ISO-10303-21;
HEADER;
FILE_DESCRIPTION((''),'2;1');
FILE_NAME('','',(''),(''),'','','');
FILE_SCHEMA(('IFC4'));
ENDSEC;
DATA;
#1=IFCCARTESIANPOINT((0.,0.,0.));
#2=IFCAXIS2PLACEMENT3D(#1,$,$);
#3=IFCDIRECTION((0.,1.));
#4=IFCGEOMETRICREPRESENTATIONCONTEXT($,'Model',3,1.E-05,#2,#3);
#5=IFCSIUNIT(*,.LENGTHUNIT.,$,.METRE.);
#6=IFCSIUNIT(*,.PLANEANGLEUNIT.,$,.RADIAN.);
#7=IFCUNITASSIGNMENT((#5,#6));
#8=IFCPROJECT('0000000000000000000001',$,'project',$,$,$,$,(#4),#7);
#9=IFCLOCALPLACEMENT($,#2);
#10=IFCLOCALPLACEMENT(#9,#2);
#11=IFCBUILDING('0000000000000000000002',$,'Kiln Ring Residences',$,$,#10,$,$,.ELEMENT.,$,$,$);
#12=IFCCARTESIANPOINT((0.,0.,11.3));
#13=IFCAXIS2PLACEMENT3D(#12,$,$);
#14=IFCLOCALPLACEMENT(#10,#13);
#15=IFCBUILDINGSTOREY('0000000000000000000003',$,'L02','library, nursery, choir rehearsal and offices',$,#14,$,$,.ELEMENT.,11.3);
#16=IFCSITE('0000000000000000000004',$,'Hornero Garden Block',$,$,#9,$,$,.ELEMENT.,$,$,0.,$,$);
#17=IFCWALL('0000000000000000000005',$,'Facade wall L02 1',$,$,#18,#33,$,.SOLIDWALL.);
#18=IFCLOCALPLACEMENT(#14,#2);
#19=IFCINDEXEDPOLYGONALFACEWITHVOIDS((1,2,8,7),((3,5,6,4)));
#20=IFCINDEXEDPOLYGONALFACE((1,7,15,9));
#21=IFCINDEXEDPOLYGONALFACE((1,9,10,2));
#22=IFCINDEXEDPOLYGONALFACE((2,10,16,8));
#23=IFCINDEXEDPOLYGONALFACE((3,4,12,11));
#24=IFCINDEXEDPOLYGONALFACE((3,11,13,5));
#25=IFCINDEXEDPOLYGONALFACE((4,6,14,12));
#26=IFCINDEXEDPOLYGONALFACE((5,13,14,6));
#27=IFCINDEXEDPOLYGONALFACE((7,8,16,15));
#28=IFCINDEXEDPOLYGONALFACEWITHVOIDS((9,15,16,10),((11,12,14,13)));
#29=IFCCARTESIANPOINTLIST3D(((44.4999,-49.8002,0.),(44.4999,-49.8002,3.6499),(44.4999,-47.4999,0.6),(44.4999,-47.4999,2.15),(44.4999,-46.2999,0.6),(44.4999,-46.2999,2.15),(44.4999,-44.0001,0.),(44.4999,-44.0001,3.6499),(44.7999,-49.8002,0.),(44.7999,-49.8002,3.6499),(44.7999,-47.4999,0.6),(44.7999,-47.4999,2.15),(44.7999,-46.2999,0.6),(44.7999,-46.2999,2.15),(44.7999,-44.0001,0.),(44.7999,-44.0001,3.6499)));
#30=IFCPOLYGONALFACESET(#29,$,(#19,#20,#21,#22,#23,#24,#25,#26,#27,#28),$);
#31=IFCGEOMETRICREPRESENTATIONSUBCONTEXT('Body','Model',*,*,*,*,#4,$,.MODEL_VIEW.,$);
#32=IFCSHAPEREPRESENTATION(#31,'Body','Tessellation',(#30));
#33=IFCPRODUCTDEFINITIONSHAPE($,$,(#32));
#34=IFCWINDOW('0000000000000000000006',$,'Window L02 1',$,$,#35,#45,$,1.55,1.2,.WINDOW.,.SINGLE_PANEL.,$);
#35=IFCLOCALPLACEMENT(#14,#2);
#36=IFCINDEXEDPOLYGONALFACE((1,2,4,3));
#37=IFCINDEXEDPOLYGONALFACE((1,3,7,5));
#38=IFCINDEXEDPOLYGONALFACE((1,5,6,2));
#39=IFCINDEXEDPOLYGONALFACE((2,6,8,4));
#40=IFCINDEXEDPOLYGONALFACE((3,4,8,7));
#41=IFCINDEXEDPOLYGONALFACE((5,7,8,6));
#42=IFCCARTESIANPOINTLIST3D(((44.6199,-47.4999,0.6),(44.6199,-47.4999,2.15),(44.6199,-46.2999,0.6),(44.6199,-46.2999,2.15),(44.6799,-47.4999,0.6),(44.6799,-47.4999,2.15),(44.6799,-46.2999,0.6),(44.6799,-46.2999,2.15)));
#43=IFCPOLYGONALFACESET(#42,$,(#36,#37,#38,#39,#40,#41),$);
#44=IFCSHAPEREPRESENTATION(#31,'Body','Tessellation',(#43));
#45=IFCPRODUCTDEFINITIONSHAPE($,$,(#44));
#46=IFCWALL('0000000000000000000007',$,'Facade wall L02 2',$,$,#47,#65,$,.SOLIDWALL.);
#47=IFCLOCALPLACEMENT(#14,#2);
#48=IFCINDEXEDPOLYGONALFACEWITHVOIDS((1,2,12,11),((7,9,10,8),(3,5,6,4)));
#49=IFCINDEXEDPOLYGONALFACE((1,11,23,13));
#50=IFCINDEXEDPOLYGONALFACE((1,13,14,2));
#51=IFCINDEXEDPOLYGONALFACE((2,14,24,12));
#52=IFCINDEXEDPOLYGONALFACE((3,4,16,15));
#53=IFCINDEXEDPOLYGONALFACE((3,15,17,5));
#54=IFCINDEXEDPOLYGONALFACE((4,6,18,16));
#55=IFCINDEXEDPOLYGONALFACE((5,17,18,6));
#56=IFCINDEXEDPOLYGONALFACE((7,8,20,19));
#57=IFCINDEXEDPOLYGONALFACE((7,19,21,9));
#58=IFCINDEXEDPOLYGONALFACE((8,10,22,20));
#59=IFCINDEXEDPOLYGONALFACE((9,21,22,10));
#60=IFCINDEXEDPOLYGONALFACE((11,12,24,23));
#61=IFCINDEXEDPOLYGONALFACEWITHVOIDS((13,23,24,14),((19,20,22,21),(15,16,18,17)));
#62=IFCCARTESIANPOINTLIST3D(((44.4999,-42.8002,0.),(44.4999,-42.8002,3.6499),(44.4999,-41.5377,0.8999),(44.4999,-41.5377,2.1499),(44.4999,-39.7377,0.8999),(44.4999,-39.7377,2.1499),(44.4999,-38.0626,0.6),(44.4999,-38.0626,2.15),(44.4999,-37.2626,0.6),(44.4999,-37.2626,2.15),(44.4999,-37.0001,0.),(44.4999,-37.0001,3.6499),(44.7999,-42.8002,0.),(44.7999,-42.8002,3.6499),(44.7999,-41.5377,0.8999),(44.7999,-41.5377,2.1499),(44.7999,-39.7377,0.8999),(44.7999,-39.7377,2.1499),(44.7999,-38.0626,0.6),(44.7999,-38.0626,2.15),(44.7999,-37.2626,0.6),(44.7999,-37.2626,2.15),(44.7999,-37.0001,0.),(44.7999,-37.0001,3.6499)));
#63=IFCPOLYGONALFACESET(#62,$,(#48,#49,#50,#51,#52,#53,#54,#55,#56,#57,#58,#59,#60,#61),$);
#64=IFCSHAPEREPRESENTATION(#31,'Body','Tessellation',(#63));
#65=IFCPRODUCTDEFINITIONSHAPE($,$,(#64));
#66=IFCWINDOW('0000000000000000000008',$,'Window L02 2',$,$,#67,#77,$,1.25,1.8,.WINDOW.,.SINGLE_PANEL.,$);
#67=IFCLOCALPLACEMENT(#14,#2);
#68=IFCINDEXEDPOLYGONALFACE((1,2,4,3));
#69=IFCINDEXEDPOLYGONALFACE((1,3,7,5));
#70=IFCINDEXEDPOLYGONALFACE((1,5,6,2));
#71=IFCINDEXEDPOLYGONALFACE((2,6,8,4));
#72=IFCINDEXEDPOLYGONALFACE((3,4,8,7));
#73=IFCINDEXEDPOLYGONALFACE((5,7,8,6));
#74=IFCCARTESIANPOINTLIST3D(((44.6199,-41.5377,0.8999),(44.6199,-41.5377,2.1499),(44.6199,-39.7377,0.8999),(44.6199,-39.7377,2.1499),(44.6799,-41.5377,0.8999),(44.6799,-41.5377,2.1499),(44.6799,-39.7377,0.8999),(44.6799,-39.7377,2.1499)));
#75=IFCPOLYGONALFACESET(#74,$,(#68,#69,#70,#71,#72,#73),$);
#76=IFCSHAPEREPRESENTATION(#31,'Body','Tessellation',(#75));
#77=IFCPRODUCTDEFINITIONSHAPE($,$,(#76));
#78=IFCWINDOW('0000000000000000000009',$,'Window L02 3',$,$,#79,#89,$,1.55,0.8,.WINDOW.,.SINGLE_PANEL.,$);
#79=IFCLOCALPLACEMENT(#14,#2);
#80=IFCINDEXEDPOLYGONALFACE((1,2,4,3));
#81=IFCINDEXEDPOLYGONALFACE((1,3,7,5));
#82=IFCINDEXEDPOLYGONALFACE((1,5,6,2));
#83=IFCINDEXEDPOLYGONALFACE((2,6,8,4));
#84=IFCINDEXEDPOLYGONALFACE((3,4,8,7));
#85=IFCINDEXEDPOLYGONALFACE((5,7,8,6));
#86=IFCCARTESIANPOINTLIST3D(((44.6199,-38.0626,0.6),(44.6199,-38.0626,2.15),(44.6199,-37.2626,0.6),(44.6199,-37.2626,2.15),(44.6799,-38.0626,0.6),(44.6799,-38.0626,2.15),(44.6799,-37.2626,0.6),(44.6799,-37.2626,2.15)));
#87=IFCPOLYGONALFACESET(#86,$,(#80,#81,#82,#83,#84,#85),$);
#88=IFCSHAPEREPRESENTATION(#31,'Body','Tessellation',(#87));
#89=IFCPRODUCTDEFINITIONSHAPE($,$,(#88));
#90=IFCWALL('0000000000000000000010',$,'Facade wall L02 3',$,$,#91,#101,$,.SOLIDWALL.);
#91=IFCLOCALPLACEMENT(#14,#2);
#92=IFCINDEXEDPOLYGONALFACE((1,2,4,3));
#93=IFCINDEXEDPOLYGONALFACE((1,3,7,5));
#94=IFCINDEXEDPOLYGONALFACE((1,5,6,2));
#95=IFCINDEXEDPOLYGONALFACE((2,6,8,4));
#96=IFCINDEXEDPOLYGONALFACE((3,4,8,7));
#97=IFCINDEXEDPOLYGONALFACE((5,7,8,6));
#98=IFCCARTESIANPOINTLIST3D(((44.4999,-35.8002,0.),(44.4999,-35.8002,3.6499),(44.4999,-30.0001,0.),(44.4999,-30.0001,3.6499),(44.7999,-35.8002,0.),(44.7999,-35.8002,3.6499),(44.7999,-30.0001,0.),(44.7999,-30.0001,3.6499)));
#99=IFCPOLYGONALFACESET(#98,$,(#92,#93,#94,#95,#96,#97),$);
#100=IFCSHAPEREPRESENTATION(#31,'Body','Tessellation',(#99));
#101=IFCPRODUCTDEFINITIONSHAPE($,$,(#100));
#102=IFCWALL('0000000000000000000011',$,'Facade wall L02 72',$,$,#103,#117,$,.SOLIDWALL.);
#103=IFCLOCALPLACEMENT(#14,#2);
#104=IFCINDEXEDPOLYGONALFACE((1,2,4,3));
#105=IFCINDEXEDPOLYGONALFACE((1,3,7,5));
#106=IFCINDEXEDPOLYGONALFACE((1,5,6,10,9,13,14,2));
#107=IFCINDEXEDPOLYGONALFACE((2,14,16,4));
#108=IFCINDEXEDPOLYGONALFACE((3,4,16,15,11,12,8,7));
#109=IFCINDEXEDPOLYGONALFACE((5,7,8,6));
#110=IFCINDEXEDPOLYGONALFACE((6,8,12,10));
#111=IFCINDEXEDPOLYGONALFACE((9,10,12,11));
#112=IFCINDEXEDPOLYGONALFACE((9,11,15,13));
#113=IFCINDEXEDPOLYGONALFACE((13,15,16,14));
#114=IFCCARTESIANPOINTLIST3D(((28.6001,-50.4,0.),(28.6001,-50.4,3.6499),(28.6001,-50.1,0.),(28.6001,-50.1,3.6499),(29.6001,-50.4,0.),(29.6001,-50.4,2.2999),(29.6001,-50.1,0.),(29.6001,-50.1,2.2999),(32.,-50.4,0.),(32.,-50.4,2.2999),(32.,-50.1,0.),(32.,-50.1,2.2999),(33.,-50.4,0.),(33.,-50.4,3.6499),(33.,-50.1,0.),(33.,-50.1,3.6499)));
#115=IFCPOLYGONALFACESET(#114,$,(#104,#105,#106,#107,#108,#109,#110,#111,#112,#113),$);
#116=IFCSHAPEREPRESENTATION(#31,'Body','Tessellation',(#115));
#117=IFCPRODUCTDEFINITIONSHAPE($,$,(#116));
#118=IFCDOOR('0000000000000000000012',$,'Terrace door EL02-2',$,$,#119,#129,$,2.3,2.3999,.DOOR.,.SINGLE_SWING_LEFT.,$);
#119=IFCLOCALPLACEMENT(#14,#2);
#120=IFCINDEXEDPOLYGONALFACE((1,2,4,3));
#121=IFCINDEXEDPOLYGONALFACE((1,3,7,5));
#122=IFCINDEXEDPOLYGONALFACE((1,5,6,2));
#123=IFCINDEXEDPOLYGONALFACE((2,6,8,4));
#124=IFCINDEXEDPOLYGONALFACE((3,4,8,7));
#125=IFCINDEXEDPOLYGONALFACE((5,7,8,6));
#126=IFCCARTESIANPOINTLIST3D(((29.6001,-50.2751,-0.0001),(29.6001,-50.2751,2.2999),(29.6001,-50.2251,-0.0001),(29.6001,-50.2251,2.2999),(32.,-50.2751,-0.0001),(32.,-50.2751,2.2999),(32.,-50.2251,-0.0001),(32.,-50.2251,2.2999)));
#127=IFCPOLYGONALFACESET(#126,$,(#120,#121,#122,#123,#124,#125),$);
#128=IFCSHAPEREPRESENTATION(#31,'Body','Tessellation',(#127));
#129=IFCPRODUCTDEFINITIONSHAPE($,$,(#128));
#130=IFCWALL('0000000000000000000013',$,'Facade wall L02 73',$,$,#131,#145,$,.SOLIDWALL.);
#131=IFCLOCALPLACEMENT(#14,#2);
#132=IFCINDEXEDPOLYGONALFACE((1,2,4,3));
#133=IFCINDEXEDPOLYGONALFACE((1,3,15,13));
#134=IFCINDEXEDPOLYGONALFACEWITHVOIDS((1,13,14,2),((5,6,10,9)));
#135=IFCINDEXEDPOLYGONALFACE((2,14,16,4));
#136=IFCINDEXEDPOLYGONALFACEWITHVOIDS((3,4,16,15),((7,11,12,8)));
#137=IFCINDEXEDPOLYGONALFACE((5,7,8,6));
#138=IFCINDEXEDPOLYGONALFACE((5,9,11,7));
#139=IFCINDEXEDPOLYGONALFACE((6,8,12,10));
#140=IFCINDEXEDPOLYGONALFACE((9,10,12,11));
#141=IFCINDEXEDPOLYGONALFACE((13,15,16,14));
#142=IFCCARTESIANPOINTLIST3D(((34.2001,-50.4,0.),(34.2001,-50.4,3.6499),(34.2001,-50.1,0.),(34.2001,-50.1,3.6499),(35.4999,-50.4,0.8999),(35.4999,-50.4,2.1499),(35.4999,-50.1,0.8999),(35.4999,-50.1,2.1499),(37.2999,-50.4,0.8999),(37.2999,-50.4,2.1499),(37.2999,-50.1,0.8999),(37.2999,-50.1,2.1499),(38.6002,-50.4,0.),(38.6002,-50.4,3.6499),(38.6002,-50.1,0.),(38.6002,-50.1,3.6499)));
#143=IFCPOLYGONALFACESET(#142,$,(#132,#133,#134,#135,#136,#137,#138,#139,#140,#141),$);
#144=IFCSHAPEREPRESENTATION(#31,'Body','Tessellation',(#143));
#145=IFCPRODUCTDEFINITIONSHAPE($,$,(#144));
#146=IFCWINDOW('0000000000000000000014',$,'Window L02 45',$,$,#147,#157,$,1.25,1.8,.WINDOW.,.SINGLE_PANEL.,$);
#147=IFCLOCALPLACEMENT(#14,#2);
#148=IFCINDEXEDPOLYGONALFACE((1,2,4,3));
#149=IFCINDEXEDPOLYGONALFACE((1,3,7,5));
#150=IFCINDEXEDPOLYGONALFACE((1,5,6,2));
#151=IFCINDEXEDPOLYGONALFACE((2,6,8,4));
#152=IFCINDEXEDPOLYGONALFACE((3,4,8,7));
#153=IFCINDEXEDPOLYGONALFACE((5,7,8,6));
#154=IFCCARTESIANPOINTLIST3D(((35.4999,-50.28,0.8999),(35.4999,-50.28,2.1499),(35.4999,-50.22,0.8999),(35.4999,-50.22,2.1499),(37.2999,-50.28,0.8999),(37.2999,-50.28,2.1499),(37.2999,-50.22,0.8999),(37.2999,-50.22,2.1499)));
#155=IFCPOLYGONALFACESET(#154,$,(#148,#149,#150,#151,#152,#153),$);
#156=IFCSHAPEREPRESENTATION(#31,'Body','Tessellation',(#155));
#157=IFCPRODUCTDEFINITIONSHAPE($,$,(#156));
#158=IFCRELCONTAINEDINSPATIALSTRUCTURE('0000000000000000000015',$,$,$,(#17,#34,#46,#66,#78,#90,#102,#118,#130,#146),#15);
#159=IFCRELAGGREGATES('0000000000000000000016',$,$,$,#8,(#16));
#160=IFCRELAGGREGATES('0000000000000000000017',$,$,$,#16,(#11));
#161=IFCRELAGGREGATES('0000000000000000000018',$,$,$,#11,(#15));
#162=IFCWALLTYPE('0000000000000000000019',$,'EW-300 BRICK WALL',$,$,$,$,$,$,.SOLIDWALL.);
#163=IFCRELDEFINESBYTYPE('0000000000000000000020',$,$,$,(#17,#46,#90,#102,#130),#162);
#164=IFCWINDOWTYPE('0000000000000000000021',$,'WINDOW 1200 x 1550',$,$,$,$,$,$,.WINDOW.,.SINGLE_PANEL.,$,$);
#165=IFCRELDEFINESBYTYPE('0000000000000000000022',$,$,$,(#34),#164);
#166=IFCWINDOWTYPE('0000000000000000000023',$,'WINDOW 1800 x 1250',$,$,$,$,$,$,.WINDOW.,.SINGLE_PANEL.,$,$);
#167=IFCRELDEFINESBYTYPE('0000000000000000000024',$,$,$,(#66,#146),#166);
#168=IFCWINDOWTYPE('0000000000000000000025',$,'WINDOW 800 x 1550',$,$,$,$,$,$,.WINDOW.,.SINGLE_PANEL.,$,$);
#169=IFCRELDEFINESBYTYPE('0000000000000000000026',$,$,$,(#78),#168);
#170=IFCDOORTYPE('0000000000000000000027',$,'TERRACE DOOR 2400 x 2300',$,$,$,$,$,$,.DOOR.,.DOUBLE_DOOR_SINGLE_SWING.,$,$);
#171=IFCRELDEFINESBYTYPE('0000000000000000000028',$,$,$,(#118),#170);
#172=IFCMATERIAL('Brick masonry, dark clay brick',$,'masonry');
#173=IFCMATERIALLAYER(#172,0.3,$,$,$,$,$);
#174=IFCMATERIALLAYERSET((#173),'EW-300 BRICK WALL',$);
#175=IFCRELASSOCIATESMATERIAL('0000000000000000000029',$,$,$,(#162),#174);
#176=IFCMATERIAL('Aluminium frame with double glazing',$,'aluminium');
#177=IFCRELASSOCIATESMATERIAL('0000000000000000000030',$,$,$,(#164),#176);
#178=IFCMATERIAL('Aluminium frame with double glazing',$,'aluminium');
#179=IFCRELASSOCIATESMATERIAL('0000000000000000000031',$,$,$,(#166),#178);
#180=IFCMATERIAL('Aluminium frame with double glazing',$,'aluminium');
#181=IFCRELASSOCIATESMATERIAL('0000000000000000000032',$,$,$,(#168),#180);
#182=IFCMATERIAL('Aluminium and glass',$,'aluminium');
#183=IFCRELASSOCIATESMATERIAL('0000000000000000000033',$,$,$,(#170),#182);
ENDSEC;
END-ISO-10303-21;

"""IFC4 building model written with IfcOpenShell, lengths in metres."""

from ifc_helpers import new_model, si_unit, direction, frame, frame_2d, origin, place, context, subcontext, project, spatial, rectangle, extrude, material, layer, layer_set, type_object, element, fill, save


model = new_model("IFC4")

# Units and contexts
model_context = context("Model", 3, precision=1e-05, world=origin(), true_north=direction((0.0, 1.0)))
body_context = subcontext(model_context, "Body", "Model", "MODEL_VIEW")
ifc_project = project(units=[si_unit("LENGTHUNIT", "METRE"), si_unit("PLANEANGLEUNIT", "RADIAN")], contexts=[model_context])

# Site, building, storey
site_placement = place(None, origin())
site = spatial("IfcSite", under=ifc_project, at=site_placement, Name="Hornero Garden Block", CompositionType="ELEMENT", RefElevation=0.0)
building_placement = place(site_placement, origin())
building = spatial("IfcBuilding", under=site, at=building_placement, Name="Kiln Ring Residences", CompositionType="ELEMENT")
storey_placement = place(building_placement, frame((0.0, 0.0, 11.3)))
storey = spatial("IfcBuildingStorey", under=building, at=storey_placement, Name="L02", Description="library, nursery, choir rehearsal and offices", CompositionType="ELEMENT", Elevation=11.3)

# Wall, opening, window
ifc_material_1 = material(Name="Brick masonry, dark clay brick", Category="masonry")
ifc_layer_1 = layer(ifc_material_1, 0.3)
ifc_layer_set_1 = layer_set([ifc_layer_1], Name="EW-300 BRICK WALL")
wall_type_1 = type_object("IfcWallType", Name="EW-300 BRICK WALL", PredefinedType="SOLIDWALL", material=ifc_layer_set_1)
wall_1_placement = place(storey_placement, frame((44.6499, -49.8, 0.0), z_axis=(0.0, 0.0, 1.0), x_axis=(0.0, 1.0, 0.0)))
wall_1 = element("IfcWall", 1, at=wall_1_placement, inside=storey, type_object=wall_type_1, Name="Facade wall L02 1", PredefinedType="SOLIDWALL", context=body_context, shape_type="SweptSolid", body=[
    extrude(rectangle(XDim=5.8, YDim=0.3, at=frame_2d((2.8999, 0.0))), origin(), (0.0, 0.0, 1.0), 3.6499),
])
opening_1_placement = place(wall_1_placement, frame((2.3, 0.0, 0.6001)))
opening_1 = element("IfcOpeningElement", 2, at=opening_1_placement, cuts=wall_1, PredefinedType="OPENING", context=body_context, shape_type="SweptSolid", body=[
    extrude(rectangle(XDim=1.2, YDim=1.55, at=frame_2d((0.6001, 0.7749))), frame((0.0, 0.1599, 0.0), z_axis=(0.0, -1.0, 0.0), x_axis=(1.0, 0.0, 0.0)), (0.0, 0.0, 1.0), 0.3201),
])
ifc_material_2 = material(Name="Aluminium frame with double glazing", Category="aluminium")
window_type_1 = type_object("IfcWindowType", Name="WINDOW 1200 x 1550", PartitioningType="SINGLE_PANEL", PredefinedType="WINDOW", material=ifc_material_2)
window_1_placement = place(opening_1_placement, origin())
window_1 = element("IfcWindow", 3, at=window_1_placement, inside=storey, type_object=window_type_1, Name="Window L02 1", OverallHeight=1.55, OverallWidth=1.2, PartitioningType="SINGLE_PANEL", PredefinedType="WINDOW", context=body_context, shape_type="SweptSolid", body=[
    extrude(rectangle(XDim=1.2, YDim=1.55, at=frame_2d((0.6001, 0.7749))), frame((0.0, 0.03, 0.0), z_axis=(0.0, -1.0, 0.0), x_axis=(1.0, 0.0, 0.0)), (0.0, 0.0, 1.0), 0.0601),
])
fill(opening_1, window_1)

# Wall, openings, windows
wall_2_placement = place(storey_placement, frame((44.6499, -42.8, 0.0), z_axis=(0.0, 0.0, 1.0), x_axis=(0.0, 1.0, 0.0)))
wall_2 = element("IfcWall", 4, at=wall_2_placement, inside=storey, type_object=wall_type_1, Name="Facade wall L02 2", PredefinedType="SOLIDWALL", context=body_context, shape_type="SweptSolid", body=[
    extrude(rectangle(XDim=5.8, YDim=0.3, at=frame_2d((2.8999, 0.0))), origin(), (0.0, 0.0, 1.0), 3.6499),
])
opening_2_placement = place(wall_2_placement, frame((1.2625, 0.0, 0.8999)))
opening_2 = element("IfcOpeningElement", 5, at=opening_2_placement, cuts=wall_2, PredefinedType="OPENING", context=body_context, shape_type="SweptSolid", body=[
    extrude(rectangle(XDim=1.8, YDim=1.25, at=frame_2d((0.8999, 0.625))), frame((0.0, 0.1599, 0.0), z_axis=(0.0, -1.0, 0.0), x_axis=(1.0, 0.0, 0.0)), (0.0, 0.0, 1.0), 0.3201),
])
opening_3_placement = place(wall_2_placement, frame((4.7375, 0.0, 0.6001)))
opening_3 = element("IfcOpeningElement", 6, at=opening_3_placement, cuts=wall_2, PredefinedType="OPENING", context=body_context, shape_type="SweptSolid", body=[
    extrude(rectangle(XDim=0.8, YDim=1.55, at=frame_2d((0.3999, 0.7749))), frame((0.0, 0.1599, 0.0), z_axis=(0.0, -1.0, 0.0), x_axis=(1.0, 0.0, 0.0)), (0.0, 0.0, 1.0), 0.3201),
])
ifc_material_3 = material(Name="Aluminium frame with double glazing", Category="aluminium")
window_type_2 = type_object("IfcWindowType", Name="WINDOW 1800 x 1250", PartitioningType="SINGLE_PANEL", PredefinedType="WINDOW", material=ifc_material_3)
window_2_placement = place(opening_2_placement, origin())
window_2 = element("IfcWindow", 7, at=window_2_placement, inside=storey, type_object=window_type_2, Name="Window L02 2", OverallHeight=1.25, OverallWidth=1.8, PartitioningType="SINGLE_PANEL", PredefinedType="WINDOW", context=body_context, shape_type="SweptSolid", body=[
    extrude(rectangle(XDim=1.8, YDim=1.25, at=frame_2d((0.8999, 0.625))), frame((0.0, 0.03, 0.0), z_axis=(0.0, -1.0, 0.0), x_axis=(1.0, 0.0, 0.0)), (0.0, 0.0, 1.0), 0.0601),
])
fill(opening_2, window_2)
ifc_material_4 = material(Name="Aluminium frame with double glazing", Category="aluminium")
window_type_3 = type_object("IfcWindowType", Name="WINDOW 800 x 1550", PartitioningType="SINGLE_PANEL", PredefinedType="WINDOW", material=ifc_material_4)
window_3_placement = place(opening_3_placement, origin())
window_3 = element("IfcWindow", 8, at=window_3_placement, inside=storey, type_object=window_type_3, Name="Window L02 3", OverallHeight=1.55, OverallWidth=0.8, PartitioningType="SINGLE_PANEL", PredefinedType="WINDOW", context=body_context, shape_type="SweptSolid", body=[
    extrude(rectangle(XDim=0.8, YDim=1.55, at=frame_2d((0.3999, 0.7749))), frame((0.0, 0.03, 0.0), z_axis=(0.0, -1.0, 0.0), x_axis=(1.0, 0.0, 0.0)), (0.0, 0.0, 1.0), 0.0601),
])
fill(opening_3, window_3)

# Wall
wall_3_placement = place(storey_placement, frame((44.6499, -35.8, 0.0), z_axis=(0.0, 0.0, 1.0), x_axis=(0.0, 1.0, 0.0)))
element("IfcWall", 9, at=wall_3_placement, inside=storey, type_object=wall_type_1, Name="Facade wall L02 3", PredefinedType="SOLIDWALL", context=body_context, shape_type="SweptSolid", body=[
    extrude(rectangle(XDim=5.8, YDim=0.3, at=frame_2d((2.8999, 0.0))), origin(), (0.0, 0.0, 1.0), 3.6499),
])

# Wall, opening, door
wall_4_placement = place(storey_placement, frame((28.6001, -50.25, 0.0), z_axis=(0.0, 0.0, 1.0), x_axis=(1.0, 0.0, 0.0)))
wall_4 = element("IfcWall", 10, at=wall_4_placement, inside=storey, type_object=wall_type_1, Name="Facade wall L02 72", PredefinedType="SOLIDWALL", context=body_context, shape_type="SweptSolid", body=[
    extrude(rectangle(XDim=4.3999, YDim=0.3, at=frame_2d((2.2, 0.0))), origin(), (0.0, 0.0, 1.0), 3.6499),
])
opening_4_placement = place(wall_4_placement, frame((1.0, 0.0, 0.0)))
opening_4 = element("IfcOpeningElement", 11, at=opening_4_placement, cuts=wall_4, PredefinedType="OPENING", context=body_context, shape_type="SweptSolid", body=[
    extrude(rectangle(XDim=2.3999, YDim=2.3, at=frame_2d((1.2, 1.1499))), frame((0.0, 0.1599, 0.0), z_axis=(0.0, -1.0, 0.0), x_axis=(1.0, 0.0, 0.0)), (0.0, 0.0, 1.0), 0.3201),
])
ifc_material_5 = material(Name="Aluminium and glass", Category="aluminium")
door_type = type_object("IfcDoorType", Name="TERRACE DOOR 2400 x 2300", OperationType="DOUBLE_DOOR_SINGLE_SWING", PredefinedType="DOOR", material=ifc_material_5)
door_placement = place(opening_4_placement, origin())
door = element("IfcDoor", 12, at=door_placement, inside=storey, type_object=door_type, Name="Terrace door EL02-2", OperationType="SINGLE_SWING_LEFT", OverallHeight=2.3, OverallWidth=2.3999, PredefinedType="DOOR", context=body_context, shape_type="SweptSolid", body=[
    extrude(rectangle(XDim=2.3999, YDim=2.3, at=frame_2d((1.2, 1.1499))), frame((0.0, 0.0249, 0.0), z_axis=(0.0, -1.0, 0.0), x_axis=(1.0, 0.0, 0.0)), (0.0, 0.0, 1.0), 0.05),
])
fill(opening_4, door)

# Wall, opening, window
wall_5_placement = place(storey_placement, frame((34.2, -50.25, 0.0), z_axis=(0.0, 0.0, 1.0), x_axis=(1.0, 0.0, 0.0)))
wall_5 = element("IfcWall", 13, at=wall_5_placement, inside=storey, type_object=wall_type_1, Name="Facade wall L02 73", PredefinedType="SOLIDWALL", context=body_context, shape_type="SweptSolid", body=[
    extrude(rectangle(XDim=4.4001, YDim=0.3, at=frame_2d((2.2002, 0.0))), origin(), (0.0, 0.0, 1.0), 3.6499),
])
opening_5_placement = place(wall_5_placement, frame((1.3, 0.0, 0.8999)))
opening_5 = element("IfcOpeningElement", 14, at=opening_5_placement, cuts=wall_5, PredefinedType="OPENING", context=body_context, shape_type="SweptSolid", body=[
    extrude(rectangle(XDim=1.8, YDim=1.25, at=frame_2d((0.8999, 0.625))), frame((0.0, 0.1599, 0.0), z_axis=(0.0, -1.0, 0.0), x_axis=(1.0, 0.0, 0.0)), (0.0, 0.0, 1.0), 0.3201),
])
window_4_placement = place(opening_5_placement, origin())
window_4 = element("IfcWindow", 15, at=window_4_placement, inside=storey, type_object=window_type_2, Name="Window L02 45", OverallHeight=1.25, OverallWidth=1.8, PartitioningType="SINGLE_PANEL", PredefinedType="WINDOW", context=body_context, shape_type="SweptSolid", body=[
    extrude(rectangle(XDim=1.8, YDim=1.25, at=frame_2d((0.8999, 0.625))), frame((0.0, 0.03, 0.0), z_axis=(0.0, -1.0, 0.0), x_axis=(1.0, 0.0, 0.0)), (0.0, 0.0, 1.0), 0.0601),
])
fill(opening_5, window_4)

save(model, "model.ifc")
